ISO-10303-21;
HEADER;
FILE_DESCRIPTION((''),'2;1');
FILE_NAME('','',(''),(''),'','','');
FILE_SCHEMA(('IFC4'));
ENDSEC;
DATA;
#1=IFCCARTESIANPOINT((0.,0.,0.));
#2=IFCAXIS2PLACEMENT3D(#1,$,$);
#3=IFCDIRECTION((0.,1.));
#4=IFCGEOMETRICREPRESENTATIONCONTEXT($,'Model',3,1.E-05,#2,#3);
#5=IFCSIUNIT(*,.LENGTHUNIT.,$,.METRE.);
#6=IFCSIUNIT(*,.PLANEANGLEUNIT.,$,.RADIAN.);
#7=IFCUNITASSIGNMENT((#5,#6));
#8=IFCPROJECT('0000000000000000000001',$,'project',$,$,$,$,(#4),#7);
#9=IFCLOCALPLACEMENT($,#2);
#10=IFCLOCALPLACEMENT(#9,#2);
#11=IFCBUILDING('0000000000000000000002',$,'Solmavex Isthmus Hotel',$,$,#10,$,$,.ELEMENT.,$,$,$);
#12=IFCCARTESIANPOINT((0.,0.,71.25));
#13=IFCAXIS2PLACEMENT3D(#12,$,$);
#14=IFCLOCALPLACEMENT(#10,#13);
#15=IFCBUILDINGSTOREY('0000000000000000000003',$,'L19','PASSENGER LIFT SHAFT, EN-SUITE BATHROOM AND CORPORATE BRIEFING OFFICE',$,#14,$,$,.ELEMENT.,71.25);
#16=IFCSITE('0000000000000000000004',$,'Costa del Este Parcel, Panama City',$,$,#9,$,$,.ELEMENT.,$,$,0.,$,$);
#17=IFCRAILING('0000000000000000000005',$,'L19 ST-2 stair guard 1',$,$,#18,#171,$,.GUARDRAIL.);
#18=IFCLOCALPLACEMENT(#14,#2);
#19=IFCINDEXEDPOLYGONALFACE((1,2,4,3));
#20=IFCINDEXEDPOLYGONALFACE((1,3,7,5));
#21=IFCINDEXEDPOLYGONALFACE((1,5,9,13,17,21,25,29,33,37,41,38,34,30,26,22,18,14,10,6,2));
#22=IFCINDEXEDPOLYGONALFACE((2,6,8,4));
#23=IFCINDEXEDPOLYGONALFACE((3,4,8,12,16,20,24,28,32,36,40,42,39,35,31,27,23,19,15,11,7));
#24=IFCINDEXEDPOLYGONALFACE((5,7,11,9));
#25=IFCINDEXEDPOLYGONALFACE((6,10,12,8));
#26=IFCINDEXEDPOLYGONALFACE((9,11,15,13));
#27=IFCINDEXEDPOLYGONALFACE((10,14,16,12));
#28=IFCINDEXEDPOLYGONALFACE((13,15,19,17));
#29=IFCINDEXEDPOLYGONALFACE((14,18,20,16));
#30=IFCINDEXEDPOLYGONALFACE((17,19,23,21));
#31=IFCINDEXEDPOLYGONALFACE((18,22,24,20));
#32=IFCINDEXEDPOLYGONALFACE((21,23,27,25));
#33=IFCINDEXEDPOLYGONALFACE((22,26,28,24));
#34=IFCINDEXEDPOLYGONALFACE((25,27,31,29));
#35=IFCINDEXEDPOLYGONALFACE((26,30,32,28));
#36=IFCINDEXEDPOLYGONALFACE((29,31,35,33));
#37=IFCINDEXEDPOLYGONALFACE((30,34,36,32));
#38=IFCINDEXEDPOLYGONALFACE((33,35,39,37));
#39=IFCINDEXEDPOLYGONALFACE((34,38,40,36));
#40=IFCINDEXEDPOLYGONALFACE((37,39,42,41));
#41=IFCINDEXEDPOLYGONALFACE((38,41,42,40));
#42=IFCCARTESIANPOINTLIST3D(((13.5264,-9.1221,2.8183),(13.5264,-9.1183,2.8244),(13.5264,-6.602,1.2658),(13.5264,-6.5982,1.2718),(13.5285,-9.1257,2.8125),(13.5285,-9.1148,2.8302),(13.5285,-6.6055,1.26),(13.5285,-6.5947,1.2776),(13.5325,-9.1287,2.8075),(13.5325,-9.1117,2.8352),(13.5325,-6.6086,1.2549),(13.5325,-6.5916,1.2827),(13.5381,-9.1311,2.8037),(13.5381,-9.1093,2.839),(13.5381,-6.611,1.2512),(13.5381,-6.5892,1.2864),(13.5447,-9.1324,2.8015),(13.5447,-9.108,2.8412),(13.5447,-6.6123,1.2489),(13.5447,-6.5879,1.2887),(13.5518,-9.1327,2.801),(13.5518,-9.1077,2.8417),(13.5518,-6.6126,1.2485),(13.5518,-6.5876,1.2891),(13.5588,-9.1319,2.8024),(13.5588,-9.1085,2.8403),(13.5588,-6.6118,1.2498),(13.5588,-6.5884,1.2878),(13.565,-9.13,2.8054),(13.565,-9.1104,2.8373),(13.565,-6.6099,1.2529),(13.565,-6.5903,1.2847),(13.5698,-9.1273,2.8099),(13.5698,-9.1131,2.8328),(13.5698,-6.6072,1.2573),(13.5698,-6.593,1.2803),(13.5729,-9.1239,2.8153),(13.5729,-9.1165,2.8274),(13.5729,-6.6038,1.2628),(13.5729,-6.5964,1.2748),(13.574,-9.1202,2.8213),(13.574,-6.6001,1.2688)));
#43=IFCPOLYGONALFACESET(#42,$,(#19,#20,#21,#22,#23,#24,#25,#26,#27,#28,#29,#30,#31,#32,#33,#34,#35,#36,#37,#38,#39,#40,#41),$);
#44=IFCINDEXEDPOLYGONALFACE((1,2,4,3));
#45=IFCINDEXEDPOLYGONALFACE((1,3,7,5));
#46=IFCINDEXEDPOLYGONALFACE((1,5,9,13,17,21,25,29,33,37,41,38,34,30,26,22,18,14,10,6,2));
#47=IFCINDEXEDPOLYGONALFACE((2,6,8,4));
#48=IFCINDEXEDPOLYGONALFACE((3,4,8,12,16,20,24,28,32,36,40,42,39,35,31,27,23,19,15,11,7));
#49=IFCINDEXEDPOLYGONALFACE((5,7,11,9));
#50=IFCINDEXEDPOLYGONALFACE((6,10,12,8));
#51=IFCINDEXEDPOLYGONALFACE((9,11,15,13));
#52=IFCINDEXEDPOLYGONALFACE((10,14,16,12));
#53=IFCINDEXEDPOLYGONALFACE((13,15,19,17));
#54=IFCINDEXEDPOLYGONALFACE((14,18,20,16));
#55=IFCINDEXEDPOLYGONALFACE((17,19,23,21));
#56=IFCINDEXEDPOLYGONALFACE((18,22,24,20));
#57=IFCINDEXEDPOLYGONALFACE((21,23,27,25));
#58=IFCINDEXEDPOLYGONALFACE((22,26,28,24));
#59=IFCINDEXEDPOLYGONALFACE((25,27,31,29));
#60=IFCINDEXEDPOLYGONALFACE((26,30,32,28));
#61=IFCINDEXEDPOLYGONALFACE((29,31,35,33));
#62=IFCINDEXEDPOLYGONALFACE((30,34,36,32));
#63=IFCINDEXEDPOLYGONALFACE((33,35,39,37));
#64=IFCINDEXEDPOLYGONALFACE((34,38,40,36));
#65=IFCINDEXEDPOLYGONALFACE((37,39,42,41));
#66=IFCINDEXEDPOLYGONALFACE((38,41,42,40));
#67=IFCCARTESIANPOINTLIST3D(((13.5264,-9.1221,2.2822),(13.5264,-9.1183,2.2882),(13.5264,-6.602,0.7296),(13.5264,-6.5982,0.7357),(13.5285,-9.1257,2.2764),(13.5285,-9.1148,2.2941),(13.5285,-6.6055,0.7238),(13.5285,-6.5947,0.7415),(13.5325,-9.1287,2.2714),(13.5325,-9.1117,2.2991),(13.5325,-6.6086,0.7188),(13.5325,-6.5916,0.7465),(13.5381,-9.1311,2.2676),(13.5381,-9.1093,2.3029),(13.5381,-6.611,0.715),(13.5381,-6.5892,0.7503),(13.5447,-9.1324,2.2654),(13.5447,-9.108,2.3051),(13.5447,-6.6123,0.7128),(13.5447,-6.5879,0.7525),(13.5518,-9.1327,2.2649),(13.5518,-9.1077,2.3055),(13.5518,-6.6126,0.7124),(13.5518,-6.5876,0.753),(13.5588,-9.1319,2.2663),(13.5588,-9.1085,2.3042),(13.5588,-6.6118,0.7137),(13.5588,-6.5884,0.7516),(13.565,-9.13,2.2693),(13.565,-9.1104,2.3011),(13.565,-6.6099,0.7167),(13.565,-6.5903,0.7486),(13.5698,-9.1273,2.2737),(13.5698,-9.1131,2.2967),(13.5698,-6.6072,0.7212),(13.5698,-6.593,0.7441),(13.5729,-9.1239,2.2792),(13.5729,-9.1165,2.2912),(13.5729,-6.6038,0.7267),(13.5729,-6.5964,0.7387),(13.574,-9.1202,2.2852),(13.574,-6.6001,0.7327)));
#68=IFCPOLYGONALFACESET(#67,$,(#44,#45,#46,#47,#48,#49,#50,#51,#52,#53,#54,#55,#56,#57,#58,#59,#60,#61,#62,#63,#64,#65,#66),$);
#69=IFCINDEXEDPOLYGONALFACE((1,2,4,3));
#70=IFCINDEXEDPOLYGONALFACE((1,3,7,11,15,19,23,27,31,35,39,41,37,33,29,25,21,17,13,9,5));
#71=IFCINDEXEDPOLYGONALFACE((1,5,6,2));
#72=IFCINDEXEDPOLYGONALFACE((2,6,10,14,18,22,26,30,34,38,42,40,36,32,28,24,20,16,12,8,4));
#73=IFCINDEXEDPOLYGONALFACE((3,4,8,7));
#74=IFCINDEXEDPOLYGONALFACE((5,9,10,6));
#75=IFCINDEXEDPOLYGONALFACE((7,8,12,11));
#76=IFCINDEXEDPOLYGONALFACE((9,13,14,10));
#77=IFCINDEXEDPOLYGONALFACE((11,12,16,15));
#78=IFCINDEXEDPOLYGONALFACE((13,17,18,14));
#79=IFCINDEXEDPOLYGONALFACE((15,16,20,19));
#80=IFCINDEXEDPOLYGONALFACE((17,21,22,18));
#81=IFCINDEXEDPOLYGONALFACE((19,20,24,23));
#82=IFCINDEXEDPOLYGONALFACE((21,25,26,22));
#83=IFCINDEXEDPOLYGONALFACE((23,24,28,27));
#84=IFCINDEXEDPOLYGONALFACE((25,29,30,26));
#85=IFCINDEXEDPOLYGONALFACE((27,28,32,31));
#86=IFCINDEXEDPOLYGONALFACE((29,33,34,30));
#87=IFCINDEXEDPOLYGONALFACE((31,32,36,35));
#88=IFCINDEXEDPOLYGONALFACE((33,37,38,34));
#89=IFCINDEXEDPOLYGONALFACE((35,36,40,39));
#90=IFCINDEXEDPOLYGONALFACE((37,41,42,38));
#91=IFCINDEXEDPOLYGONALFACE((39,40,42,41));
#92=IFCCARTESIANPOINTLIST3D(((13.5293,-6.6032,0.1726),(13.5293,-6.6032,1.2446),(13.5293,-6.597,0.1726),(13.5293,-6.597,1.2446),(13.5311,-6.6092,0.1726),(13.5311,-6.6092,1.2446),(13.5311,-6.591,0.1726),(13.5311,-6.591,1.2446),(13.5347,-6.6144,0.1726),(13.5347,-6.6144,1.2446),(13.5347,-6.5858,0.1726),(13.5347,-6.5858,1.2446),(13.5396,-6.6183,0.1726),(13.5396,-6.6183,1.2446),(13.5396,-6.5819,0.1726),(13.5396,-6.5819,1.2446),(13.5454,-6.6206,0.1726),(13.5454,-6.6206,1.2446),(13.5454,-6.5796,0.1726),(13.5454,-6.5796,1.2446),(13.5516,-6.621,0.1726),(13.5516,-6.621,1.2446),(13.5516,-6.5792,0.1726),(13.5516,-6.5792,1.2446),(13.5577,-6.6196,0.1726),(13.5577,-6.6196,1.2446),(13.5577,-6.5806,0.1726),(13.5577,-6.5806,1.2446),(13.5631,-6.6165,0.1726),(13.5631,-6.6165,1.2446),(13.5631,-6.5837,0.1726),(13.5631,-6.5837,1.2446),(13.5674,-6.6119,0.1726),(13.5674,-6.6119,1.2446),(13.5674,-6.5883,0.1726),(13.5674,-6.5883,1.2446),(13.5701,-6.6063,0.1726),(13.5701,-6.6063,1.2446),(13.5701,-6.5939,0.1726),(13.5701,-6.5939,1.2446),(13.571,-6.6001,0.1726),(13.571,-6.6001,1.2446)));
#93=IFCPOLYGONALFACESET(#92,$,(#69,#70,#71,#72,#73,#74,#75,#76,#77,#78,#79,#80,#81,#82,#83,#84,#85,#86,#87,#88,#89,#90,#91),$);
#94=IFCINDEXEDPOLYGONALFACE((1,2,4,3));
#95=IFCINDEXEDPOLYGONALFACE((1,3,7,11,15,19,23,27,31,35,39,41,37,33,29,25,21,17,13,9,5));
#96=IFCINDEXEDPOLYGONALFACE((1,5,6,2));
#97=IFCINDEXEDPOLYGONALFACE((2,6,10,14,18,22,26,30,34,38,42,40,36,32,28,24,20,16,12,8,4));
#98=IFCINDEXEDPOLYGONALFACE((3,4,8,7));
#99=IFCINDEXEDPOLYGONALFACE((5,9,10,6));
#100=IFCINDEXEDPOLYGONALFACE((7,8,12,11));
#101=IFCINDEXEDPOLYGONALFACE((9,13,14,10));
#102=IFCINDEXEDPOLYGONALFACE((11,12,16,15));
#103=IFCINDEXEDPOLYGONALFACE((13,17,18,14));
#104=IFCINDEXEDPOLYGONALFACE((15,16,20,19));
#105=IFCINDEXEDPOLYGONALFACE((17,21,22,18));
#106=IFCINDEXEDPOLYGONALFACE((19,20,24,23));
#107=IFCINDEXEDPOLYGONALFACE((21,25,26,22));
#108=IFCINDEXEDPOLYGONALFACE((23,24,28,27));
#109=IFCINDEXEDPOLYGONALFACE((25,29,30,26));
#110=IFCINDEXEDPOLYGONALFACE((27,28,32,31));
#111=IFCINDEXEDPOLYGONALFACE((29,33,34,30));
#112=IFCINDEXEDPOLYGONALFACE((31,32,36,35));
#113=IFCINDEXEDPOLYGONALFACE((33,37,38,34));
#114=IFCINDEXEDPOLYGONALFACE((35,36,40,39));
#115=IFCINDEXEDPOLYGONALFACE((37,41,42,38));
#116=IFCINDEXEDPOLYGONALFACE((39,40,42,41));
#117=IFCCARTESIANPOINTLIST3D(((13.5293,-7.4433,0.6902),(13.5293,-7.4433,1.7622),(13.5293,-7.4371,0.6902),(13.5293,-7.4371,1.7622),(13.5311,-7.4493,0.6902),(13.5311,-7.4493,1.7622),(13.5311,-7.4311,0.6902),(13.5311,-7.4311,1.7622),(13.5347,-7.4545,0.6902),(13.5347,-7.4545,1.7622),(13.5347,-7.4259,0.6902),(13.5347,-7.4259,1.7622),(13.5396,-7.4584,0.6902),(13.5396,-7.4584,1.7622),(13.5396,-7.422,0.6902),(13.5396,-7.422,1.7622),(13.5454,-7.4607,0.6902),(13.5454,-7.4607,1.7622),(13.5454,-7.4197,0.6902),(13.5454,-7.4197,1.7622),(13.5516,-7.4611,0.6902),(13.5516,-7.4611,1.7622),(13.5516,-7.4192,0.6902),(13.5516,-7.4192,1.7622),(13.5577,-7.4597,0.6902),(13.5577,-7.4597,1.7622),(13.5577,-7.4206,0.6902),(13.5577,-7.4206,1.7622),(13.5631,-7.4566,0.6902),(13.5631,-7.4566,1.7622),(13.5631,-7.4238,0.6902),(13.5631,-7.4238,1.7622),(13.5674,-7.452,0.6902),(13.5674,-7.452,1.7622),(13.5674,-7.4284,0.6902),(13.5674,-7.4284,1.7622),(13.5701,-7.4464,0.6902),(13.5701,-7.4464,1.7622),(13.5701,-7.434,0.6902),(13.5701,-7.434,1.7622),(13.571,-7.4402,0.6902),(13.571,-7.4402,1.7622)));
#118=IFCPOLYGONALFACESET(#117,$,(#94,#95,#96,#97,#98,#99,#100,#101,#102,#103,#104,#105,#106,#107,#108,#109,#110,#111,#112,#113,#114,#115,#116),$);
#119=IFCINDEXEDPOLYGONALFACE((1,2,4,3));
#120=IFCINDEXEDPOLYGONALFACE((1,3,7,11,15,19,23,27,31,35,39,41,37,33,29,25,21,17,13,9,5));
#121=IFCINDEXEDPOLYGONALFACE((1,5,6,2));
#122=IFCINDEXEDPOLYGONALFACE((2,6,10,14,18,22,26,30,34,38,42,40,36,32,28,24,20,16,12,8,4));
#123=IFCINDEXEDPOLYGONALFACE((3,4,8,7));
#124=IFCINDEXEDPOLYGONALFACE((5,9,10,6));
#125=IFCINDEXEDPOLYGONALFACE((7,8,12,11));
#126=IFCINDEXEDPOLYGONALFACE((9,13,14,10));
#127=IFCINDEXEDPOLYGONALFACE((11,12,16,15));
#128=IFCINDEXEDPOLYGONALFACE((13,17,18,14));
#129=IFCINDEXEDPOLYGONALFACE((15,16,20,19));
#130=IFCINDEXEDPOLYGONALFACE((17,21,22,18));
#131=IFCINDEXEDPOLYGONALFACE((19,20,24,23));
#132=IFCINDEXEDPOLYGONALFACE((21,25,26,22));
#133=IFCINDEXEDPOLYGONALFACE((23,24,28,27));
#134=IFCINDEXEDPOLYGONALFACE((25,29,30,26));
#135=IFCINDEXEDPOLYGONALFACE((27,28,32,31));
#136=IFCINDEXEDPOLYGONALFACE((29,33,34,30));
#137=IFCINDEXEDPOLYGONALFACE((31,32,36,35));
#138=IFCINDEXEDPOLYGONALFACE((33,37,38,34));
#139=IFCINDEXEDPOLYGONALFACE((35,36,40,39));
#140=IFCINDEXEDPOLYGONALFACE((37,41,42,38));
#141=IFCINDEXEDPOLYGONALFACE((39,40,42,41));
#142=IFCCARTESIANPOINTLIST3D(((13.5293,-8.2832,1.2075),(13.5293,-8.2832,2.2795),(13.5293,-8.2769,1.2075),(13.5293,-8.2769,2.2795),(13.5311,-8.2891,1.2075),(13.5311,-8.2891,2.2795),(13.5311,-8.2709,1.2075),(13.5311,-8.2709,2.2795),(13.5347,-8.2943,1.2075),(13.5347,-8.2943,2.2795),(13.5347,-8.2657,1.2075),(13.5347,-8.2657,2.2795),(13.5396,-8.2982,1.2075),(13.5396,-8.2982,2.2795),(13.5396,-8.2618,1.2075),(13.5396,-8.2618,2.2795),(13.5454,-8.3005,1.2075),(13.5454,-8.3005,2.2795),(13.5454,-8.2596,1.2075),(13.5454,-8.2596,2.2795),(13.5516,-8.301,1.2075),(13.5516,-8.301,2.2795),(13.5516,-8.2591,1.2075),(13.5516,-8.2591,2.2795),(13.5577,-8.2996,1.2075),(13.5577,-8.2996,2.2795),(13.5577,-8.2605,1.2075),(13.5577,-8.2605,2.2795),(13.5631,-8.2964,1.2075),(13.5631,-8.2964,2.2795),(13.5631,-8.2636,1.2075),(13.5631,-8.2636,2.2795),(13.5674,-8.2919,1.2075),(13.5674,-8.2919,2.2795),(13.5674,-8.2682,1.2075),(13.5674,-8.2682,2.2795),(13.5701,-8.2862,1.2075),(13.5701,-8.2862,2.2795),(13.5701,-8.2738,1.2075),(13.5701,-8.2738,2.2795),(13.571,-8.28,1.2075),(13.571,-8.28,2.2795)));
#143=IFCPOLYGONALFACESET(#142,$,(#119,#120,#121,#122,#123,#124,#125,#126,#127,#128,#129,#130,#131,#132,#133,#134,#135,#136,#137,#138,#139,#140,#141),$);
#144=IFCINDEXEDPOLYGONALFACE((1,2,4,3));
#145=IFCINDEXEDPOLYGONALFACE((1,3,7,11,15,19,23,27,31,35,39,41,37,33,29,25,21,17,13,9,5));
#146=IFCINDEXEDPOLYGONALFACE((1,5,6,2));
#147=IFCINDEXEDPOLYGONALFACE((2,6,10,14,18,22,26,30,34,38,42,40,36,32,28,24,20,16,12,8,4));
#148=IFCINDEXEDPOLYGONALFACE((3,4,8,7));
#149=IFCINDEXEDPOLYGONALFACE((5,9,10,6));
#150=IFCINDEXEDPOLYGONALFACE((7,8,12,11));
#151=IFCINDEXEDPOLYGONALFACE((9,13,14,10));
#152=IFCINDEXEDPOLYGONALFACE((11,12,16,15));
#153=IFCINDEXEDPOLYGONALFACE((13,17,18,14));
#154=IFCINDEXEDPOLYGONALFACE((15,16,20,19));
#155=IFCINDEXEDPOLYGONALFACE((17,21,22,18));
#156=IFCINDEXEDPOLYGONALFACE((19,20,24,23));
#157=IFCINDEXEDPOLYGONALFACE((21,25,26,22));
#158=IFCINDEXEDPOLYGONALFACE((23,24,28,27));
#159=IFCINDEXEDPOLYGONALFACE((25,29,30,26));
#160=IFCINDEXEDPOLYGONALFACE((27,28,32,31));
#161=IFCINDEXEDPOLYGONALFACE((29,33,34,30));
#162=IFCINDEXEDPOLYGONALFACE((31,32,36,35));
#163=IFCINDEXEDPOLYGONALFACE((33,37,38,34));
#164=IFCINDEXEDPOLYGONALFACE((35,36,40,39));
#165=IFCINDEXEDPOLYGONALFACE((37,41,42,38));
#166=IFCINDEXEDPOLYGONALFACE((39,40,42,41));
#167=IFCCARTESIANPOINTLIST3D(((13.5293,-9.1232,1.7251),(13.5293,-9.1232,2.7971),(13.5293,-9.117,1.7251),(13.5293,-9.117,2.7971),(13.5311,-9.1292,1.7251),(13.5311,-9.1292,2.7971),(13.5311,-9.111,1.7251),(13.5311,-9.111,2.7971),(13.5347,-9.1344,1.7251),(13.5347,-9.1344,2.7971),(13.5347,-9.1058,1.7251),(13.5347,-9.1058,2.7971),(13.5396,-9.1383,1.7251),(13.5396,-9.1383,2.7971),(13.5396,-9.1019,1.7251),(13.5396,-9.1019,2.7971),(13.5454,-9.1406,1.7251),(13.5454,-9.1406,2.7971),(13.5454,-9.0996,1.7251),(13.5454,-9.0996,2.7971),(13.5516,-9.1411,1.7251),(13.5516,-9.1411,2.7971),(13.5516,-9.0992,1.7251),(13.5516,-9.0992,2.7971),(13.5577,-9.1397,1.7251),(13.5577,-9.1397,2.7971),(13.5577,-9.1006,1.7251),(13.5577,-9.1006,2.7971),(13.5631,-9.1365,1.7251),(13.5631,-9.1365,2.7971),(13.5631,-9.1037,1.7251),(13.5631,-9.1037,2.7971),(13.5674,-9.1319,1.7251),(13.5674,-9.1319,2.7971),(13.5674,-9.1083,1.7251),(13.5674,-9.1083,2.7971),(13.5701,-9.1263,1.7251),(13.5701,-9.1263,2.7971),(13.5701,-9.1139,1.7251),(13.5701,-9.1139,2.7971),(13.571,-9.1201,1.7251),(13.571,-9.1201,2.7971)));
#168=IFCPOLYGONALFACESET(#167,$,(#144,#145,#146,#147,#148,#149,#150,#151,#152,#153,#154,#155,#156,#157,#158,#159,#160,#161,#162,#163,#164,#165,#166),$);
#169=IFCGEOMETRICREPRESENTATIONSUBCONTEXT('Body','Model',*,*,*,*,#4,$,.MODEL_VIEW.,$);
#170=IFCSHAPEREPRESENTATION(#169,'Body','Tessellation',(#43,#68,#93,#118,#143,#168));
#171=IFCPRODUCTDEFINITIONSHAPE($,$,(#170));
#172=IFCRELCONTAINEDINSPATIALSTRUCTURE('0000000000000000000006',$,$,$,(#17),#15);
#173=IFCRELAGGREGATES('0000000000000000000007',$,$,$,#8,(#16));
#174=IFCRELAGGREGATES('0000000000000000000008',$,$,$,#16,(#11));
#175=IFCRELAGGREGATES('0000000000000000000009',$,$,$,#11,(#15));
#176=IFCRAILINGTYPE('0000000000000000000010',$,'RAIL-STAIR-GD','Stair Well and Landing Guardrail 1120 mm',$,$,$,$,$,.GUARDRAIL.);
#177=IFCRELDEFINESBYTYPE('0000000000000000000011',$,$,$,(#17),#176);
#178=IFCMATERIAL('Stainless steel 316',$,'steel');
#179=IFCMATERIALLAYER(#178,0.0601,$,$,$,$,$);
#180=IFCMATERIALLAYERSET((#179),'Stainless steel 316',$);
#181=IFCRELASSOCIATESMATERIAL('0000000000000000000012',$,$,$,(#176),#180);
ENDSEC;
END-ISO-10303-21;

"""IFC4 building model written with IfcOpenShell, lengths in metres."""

from ifc_helpers import new_model, si_unit, direction, frame, origin, origin_2d, place, context, subcontext, project, spatial, circle, extrude, material, layer, layer_set, type_object, element, save


model = new_model("IFC4")

# Units and contexts
model_context = context("Model", 3, precision=1e-05, world=origin(), true_north=direction((0.0, 1.0)))
body_context = subcontext(model_context, "Body", "Model", "MODEL_VIEW")
ifc_project = project(units=[si_unit("LENGTHUNIT", "METRE"), si_unit("PLANEANGLEUNIT", "RADIAN")], contexts=[model_context])

# Site, building, storey
site_placement = place(None, origin())
site = spatial("IfcSite", under=ifc_project, at=site_placement, Name="Costa del Este Parcel, Panama City", CompositionType="ELEMENT", RefElevation=0.0)
building_placement = place(site_placement, origin())
building = spatial("IfcBuilding", under=site, at=building_placement, Name="Solmavex Isthmus Hotel", CompositionType="ELEMENT")
storey_placement = place(building_placement, frame((0.0, 0.0, 71.25)))
storey = spatial("IfcBuildingStorey", under=building, at=storey_placement, Name="L19", Description="PASSENGER LIFT SHAFT, EN-SUITE BATHROOM AND CORPORATE BRIEFING OFFICE", CompositionType="ELEMENT", Elevation=71.25)

# Railing
ifc_material_1 = material(Name="Stainless steel 316", Category="steel")
ifc_layer_1 = layer(ifc_material_1, 0.0601)
ifc_layer_set_1 = layer_set([ifc_layer_1], Name="Stainless steel 316")
railing_type_1 = type_object("IfcRailingType", Name="RAIL-STAIR-GD", Description="Stair Well and Landing Guardrail 1120 mm", PredefinedType="GUARDRAIL", material=ifc_layer_set_1)
railing_1_placement = place(storey_placement, frame((13.55, -6.6001, 0.1726)))
element("IfcRailing", 1, at=railing_1_placement, inside=storey, type_object=railing_type_1, Name="L19 ST-2 stair guard 1", PredefinedType="GUARDRAIL", context=body_context, shape_type="SweptSolid", body=[
    extrude(circle(Radius=0.0239, at=origin_2d()), frame((0.0, 0.0, 1.0962), z_axis=(0.0, -0.8514, 0.524516), x_axis=(1.0, 0.0, 0.0)), (0.0, 0.0, 1.0), 2.96),
    extrude(circle(Radius=0.0239, at=origin_2d()), frame((0.0, 0.0, 0.5601), z_axis=(0.0, -0.8514, 0.524516), x_axis=(1.0, 0.0, 0.0)), (0.0, 0.0, 1.0), 2.96),
    extrude(circle(Radius=0.021, at=origin_2d()), origin(), (0.0, 0.0, 1.0), 1.072),
    extrude(circle(Radius=0.021, at=origin_2d()), frame((0.0, -0.8401, 0.5176)), (0.0, 0.0, 1.0), 1.072),
    extrude(circle(Radius=0.021, at=origin_2d()), frame((0.0, -1.6799, 1.0349)), (0.0, 0.0, 1.0), 1.072),
    extrude(circle(Radius=0.021, at=origin_2d()), frame((0.0, -2.52, 1.5525)), (0.0, 0.0, 1.0), 1.072),
])

save(model, "model.ifc")
